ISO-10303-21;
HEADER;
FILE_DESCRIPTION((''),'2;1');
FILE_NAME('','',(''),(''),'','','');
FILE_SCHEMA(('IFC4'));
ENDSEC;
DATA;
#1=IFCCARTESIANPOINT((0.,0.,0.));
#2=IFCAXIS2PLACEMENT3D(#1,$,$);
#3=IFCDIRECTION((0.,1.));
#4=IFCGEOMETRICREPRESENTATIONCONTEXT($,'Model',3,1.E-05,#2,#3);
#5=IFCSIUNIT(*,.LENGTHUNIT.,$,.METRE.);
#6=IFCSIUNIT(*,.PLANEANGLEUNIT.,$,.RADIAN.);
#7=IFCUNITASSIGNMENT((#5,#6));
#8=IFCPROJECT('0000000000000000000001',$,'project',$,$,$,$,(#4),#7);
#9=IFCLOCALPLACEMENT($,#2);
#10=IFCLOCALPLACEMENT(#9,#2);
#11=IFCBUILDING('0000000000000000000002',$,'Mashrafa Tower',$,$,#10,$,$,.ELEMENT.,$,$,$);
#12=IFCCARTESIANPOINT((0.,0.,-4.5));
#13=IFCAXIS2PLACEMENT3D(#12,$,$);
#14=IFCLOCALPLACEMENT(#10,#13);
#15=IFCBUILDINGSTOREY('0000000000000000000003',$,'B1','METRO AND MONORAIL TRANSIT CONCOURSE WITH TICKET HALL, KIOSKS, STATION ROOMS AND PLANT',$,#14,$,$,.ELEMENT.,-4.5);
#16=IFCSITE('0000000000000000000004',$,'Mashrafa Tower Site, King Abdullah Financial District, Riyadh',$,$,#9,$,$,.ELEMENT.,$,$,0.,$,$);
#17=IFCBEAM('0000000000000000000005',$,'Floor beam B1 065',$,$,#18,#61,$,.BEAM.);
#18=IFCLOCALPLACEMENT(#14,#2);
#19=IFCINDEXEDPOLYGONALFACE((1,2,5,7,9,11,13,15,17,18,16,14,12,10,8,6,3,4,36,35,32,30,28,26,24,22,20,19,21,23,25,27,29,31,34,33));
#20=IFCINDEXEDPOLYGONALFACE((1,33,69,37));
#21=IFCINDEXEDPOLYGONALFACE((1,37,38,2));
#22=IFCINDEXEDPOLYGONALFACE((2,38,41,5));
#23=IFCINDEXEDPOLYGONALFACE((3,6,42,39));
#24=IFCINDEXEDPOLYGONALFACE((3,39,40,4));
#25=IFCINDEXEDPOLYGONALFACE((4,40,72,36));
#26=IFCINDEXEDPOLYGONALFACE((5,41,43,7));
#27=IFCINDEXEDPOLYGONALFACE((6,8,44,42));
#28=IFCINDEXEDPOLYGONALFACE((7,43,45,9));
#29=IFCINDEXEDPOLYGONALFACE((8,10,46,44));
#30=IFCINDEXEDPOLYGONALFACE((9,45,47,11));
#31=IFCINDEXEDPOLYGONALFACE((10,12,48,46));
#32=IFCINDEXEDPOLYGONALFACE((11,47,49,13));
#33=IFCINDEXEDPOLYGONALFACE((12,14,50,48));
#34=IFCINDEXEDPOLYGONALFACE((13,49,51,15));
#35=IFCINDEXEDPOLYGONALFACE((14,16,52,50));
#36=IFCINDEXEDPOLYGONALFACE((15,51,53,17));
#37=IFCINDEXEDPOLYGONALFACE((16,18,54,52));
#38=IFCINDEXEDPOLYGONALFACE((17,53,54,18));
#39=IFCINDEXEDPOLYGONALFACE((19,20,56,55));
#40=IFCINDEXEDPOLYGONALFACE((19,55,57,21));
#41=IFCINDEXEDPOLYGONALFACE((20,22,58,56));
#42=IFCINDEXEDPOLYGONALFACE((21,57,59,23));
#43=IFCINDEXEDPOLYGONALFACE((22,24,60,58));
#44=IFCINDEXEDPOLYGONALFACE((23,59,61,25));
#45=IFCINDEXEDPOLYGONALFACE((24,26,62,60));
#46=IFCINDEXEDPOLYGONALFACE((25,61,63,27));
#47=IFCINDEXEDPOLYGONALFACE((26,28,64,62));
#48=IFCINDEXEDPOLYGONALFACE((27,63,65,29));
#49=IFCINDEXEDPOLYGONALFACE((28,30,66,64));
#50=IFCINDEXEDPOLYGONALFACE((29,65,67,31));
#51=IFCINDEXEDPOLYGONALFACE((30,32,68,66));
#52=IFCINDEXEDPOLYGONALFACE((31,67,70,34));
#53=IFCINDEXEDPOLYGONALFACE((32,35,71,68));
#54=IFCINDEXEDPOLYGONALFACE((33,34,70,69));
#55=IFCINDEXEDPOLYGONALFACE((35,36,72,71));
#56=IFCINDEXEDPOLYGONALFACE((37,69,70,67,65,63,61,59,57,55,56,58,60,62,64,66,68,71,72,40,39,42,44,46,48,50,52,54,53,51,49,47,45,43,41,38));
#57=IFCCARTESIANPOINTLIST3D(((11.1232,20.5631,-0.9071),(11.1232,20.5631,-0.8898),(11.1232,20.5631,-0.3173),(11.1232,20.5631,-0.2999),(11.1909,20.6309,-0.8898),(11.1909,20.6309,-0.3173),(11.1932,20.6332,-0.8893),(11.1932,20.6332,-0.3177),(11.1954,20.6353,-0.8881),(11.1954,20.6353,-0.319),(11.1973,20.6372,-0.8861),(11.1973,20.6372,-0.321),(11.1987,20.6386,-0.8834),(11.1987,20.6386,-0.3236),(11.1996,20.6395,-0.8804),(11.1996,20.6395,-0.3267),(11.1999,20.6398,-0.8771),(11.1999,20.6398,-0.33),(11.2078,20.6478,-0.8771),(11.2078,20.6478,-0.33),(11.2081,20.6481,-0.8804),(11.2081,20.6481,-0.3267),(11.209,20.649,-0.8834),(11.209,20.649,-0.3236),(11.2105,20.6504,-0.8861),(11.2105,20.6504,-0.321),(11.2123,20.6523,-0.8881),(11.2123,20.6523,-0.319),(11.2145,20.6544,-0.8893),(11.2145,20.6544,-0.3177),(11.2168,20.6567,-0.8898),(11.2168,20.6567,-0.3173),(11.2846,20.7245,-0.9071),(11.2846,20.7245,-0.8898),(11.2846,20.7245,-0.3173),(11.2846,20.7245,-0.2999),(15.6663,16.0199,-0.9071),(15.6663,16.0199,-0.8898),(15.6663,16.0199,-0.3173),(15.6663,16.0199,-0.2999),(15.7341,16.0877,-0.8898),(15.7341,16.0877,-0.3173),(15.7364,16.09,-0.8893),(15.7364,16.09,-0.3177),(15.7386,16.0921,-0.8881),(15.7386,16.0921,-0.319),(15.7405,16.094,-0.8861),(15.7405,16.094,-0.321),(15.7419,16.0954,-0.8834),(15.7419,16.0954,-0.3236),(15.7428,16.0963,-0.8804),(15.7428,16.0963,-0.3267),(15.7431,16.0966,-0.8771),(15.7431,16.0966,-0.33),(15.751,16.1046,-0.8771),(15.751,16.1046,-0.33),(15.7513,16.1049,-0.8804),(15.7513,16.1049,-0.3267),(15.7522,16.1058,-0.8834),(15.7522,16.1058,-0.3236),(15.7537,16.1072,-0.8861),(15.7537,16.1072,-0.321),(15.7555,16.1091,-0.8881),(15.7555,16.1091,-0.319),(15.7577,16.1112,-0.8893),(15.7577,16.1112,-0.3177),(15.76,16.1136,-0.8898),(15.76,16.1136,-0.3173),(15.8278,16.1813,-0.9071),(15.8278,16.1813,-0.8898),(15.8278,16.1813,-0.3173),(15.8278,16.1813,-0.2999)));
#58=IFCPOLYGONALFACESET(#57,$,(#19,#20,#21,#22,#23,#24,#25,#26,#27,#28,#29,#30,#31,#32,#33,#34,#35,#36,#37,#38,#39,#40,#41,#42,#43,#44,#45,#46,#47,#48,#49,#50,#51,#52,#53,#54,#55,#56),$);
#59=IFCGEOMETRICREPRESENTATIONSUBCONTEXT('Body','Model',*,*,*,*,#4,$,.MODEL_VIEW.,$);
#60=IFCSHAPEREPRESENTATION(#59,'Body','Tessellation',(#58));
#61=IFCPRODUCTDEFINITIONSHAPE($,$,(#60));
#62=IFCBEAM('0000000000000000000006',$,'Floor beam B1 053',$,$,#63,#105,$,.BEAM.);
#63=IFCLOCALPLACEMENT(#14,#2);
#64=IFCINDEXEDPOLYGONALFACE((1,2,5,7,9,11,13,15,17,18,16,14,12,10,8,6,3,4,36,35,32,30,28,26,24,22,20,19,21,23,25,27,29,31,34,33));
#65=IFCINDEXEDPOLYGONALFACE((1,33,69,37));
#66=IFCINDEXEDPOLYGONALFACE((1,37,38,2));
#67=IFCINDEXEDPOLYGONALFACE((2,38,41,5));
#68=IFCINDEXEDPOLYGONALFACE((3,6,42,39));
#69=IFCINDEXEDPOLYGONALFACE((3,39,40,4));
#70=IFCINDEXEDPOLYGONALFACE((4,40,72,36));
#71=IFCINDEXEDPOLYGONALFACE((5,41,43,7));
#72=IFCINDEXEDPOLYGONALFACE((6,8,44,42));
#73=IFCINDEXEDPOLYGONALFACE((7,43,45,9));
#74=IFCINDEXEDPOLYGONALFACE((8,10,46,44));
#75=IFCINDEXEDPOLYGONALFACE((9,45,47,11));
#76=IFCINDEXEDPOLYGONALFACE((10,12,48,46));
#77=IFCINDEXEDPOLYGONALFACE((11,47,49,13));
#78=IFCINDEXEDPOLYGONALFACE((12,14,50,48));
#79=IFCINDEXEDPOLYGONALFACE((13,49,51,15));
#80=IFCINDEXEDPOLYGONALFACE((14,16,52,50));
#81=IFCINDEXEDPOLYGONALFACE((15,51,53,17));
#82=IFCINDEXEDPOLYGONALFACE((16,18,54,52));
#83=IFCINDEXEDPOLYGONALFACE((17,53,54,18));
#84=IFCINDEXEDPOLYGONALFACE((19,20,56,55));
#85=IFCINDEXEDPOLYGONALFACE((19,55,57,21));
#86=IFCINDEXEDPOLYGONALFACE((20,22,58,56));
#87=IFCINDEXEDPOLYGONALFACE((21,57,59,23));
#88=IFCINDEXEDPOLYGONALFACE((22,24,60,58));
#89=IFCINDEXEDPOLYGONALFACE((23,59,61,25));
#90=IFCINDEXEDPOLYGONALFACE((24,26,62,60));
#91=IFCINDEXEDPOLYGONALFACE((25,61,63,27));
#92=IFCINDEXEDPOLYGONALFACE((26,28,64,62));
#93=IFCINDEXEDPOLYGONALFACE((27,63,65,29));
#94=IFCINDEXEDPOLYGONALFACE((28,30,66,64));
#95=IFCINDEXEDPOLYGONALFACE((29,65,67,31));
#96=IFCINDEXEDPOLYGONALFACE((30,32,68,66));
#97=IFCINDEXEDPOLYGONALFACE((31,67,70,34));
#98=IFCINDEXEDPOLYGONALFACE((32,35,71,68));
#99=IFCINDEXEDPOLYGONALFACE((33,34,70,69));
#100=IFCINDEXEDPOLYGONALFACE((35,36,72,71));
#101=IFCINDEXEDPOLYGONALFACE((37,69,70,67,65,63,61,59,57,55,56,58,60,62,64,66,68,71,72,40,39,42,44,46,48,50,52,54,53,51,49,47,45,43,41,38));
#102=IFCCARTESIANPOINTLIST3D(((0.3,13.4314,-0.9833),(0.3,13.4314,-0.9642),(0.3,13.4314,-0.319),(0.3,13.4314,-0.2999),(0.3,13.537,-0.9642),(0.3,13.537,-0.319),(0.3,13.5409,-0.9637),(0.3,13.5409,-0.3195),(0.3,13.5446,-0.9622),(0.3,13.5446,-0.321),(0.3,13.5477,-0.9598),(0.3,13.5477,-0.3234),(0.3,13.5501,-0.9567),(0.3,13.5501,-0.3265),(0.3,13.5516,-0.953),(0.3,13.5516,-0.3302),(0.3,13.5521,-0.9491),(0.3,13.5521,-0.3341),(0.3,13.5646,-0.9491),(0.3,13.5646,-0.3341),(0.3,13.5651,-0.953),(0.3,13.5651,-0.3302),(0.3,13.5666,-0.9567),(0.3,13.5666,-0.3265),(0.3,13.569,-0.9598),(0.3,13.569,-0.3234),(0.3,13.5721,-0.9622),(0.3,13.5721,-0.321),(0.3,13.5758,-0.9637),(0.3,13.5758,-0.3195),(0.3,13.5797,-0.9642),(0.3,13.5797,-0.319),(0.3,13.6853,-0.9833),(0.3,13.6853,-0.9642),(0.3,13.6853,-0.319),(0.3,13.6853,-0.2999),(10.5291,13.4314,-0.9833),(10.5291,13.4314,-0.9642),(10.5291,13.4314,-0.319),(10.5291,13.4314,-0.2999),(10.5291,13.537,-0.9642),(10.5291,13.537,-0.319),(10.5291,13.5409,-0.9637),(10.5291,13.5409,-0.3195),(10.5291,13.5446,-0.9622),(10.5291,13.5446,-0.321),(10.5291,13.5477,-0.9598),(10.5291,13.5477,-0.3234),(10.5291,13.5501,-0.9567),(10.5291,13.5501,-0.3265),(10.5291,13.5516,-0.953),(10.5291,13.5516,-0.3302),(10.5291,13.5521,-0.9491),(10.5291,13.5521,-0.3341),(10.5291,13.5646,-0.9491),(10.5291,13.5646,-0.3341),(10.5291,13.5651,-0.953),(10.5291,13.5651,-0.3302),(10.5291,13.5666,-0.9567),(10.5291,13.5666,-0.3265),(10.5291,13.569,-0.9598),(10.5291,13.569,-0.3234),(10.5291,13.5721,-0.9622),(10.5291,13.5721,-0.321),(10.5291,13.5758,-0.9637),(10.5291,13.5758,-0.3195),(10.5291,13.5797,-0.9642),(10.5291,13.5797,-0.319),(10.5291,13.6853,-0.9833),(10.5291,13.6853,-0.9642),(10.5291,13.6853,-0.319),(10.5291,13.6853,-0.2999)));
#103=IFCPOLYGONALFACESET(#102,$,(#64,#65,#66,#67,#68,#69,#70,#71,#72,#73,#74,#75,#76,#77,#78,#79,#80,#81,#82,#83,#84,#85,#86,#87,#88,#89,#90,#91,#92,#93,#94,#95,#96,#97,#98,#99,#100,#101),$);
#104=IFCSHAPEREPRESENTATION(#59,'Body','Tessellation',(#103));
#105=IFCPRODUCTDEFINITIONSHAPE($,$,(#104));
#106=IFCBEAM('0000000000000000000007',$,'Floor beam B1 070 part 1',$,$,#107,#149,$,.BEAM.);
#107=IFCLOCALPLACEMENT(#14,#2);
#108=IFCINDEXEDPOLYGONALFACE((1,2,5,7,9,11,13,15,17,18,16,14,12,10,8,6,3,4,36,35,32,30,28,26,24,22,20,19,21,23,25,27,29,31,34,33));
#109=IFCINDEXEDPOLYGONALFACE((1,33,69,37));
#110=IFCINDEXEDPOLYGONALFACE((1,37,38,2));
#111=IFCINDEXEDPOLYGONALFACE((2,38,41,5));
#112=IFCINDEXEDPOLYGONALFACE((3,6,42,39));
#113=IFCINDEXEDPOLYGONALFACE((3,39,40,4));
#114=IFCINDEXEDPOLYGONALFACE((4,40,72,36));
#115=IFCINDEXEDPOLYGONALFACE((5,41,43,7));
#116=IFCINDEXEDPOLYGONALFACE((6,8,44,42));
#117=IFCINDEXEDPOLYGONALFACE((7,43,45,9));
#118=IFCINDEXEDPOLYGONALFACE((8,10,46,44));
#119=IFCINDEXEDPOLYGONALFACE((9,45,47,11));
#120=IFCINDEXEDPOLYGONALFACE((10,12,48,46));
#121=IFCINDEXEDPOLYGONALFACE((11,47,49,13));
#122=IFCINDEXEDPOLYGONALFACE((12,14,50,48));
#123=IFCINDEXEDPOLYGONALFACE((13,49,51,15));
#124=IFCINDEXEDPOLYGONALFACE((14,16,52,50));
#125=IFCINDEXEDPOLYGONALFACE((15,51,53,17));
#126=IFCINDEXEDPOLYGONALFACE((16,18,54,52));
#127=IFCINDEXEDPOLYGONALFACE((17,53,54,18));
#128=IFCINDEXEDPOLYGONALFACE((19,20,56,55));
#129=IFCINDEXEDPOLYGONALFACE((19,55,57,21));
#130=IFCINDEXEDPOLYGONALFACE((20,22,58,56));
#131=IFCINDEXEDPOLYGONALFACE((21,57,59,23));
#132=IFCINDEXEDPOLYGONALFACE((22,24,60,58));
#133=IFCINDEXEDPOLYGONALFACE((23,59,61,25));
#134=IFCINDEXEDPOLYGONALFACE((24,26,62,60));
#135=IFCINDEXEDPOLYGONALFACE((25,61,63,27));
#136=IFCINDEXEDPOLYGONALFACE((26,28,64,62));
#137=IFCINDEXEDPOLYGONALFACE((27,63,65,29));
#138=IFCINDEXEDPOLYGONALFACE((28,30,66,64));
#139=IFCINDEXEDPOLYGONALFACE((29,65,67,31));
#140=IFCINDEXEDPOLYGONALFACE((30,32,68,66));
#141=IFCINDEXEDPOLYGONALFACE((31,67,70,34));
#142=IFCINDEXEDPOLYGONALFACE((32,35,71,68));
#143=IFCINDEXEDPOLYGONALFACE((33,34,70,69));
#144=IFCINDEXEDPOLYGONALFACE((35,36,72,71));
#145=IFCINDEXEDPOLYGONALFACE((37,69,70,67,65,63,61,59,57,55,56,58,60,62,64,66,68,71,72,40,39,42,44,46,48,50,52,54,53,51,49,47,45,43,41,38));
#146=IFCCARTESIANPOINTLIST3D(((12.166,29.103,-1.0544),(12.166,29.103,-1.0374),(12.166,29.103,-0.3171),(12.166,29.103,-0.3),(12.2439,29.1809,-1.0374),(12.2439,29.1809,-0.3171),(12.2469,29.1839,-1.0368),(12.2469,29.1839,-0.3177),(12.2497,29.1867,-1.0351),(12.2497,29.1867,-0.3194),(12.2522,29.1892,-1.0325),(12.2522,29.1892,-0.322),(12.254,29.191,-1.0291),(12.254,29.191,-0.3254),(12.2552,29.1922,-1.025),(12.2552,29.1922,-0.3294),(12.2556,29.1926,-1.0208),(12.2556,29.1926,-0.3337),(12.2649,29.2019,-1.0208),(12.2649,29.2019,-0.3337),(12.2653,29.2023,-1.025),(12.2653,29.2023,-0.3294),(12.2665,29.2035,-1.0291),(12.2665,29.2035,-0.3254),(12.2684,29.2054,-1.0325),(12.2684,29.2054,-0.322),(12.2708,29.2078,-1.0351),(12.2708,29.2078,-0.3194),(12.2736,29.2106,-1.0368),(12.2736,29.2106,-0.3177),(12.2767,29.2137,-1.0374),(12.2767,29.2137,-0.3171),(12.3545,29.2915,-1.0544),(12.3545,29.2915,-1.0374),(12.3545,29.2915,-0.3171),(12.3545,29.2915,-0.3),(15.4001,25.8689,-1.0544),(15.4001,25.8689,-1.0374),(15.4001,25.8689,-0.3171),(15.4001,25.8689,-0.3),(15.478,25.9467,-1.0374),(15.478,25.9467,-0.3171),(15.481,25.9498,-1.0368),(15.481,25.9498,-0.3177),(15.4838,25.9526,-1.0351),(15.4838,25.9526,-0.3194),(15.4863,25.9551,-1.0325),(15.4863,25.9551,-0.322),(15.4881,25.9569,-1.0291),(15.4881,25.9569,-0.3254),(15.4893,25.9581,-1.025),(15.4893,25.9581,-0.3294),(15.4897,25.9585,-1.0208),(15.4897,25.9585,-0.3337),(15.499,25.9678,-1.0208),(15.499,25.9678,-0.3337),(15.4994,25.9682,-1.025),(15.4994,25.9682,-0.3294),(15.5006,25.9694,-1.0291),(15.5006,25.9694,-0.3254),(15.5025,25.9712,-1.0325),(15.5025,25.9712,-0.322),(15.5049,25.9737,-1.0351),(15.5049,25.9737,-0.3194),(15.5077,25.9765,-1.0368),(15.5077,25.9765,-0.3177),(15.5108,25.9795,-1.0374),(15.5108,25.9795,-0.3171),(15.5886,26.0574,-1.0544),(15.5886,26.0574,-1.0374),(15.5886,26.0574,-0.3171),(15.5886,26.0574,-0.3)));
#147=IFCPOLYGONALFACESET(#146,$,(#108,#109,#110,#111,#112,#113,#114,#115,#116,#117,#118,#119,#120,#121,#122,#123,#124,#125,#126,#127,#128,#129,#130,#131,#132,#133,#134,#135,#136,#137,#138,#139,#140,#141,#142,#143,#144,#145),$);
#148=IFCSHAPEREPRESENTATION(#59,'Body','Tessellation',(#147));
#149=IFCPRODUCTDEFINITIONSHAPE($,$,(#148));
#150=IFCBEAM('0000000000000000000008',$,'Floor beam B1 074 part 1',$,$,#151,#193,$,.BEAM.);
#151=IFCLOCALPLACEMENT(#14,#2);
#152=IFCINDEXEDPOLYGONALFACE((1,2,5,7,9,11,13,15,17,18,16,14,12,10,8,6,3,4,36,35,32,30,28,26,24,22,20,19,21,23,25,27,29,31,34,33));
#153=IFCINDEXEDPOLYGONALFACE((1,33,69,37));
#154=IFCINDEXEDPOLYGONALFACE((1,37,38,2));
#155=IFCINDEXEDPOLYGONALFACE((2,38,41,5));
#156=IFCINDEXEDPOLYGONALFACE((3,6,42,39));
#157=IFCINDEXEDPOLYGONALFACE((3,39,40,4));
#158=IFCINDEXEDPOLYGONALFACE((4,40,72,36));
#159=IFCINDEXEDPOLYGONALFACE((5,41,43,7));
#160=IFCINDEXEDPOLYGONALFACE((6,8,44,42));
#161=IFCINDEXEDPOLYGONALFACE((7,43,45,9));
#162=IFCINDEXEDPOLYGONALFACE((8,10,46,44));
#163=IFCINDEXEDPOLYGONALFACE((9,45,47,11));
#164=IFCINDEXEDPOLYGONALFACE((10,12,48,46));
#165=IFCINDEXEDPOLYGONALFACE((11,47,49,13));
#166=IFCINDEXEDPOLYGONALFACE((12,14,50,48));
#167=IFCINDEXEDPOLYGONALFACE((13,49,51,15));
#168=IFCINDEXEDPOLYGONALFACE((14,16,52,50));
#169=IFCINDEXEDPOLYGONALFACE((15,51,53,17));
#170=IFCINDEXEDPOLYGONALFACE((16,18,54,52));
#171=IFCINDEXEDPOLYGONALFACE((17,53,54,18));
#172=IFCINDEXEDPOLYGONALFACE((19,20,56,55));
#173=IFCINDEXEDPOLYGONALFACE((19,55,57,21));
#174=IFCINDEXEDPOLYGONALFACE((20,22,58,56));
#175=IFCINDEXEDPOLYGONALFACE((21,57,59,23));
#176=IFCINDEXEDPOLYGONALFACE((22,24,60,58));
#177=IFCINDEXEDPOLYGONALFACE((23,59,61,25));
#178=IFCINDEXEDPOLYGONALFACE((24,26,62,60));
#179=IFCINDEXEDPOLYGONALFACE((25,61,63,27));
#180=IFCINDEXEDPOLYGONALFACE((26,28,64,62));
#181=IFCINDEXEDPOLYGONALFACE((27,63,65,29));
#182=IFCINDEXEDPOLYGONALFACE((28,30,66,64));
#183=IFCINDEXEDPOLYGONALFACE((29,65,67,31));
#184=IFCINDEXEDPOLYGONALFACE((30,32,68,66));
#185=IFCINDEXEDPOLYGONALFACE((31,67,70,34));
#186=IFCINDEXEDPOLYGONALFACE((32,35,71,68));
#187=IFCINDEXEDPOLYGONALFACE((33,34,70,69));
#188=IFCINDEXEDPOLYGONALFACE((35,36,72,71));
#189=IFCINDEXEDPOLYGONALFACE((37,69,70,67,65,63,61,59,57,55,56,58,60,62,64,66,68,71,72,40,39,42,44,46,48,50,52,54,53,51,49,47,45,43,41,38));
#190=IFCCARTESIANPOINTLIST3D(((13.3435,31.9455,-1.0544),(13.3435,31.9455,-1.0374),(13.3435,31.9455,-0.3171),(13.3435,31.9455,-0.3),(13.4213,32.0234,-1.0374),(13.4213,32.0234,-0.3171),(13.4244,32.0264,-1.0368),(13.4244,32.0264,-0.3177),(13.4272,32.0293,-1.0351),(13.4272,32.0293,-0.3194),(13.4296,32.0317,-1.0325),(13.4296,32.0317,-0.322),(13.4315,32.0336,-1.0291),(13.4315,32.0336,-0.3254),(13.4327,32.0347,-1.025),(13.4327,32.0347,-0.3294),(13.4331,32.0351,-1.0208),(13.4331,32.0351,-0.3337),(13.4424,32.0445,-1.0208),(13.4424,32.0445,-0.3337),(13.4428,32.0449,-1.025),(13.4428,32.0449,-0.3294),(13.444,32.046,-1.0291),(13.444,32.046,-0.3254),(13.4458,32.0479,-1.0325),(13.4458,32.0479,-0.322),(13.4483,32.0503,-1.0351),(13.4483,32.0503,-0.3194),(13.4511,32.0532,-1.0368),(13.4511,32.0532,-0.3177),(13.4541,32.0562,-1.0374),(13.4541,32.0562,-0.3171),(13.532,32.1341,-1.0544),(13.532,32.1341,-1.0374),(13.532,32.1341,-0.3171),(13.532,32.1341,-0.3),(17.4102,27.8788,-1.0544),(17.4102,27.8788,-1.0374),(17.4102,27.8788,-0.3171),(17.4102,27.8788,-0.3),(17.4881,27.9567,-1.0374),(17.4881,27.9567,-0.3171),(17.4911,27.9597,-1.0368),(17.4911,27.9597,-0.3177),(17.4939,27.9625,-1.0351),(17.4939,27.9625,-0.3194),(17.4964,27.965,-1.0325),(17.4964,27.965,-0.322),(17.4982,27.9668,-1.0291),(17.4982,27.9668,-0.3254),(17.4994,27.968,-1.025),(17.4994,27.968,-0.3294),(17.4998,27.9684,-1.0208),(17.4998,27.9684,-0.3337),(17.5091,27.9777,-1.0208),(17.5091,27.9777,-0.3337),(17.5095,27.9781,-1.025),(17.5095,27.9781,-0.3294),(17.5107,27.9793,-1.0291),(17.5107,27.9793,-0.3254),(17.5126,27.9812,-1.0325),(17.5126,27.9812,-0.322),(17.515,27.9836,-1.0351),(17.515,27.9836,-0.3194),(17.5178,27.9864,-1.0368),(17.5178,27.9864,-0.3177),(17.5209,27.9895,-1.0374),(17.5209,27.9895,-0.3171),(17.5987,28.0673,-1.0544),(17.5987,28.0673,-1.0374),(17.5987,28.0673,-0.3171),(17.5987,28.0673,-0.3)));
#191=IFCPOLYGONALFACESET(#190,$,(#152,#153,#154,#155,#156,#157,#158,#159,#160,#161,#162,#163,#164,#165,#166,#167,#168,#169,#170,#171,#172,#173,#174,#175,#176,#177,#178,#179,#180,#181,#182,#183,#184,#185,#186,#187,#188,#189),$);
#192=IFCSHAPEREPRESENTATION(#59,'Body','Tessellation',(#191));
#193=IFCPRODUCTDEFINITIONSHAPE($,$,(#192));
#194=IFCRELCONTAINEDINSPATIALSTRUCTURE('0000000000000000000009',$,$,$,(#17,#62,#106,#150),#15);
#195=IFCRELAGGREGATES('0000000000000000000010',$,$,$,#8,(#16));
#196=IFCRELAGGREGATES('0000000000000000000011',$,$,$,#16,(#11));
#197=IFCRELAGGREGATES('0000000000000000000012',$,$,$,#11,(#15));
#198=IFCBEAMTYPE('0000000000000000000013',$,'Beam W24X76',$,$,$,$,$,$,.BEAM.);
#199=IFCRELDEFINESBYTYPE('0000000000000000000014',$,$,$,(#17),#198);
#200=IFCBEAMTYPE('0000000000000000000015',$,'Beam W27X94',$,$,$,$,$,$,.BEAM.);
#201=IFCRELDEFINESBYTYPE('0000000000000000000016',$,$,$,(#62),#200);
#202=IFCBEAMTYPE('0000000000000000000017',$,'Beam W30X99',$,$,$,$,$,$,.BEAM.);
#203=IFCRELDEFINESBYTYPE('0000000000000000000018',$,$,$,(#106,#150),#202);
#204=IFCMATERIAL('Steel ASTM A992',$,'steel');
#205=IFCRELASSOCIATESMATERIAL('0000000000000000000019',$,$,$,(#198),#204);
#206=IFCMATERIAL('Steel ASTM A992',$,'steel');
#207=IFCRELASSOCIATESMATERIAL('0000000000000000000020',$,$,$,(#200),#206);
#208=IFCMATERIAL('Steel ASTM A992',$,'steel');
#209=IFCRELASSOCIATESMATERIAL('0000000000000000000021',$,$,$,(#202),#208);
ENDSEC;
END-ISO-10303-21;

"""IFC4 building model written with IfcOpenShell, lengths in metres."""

from ifc_helpers import new_model, si_unit, direction, frame, origin, origin_2d, place, context, subcontext, project, spatial, i_section, extrude, material, material_profile, profile_set, type_object, element, save


model = new_model("IFC4")

# Units and contexts
model_context = context("Model", 3, precision=1e-05, world=origin(), true_north=direction((0.0, 1.0)))
body_context = subcontext(model_context, "Body", "Model", "MODEL_VIEW")
ifc_project = project(units=[si_unit("LENGTHUNIT", "METRE"), si_unit("PLANEANGLEUNIT", "RADIAN")], contexts=[model_context])

# Site, building, storey
site_placement = place(None, origin())
site = spatial("IfcSite", under=ifc_project, at=site_placement, Name="Mashrafa Tower Site, King Abdullah Financial District, Riyadh", CompositionType="ELEMENT", RefElevation=0.0)
building_placement = place(site_placement, origin())
building = spatial("IfcBuilding", under=site, at=building_placement, Name="Mashrafa Tower", CompositionType="ELEMENT")
storey_placement = place(building_placement, frame((0.0, 0.0, -4.5)))
storey = spatial("IfcBuildingStorey", under=building, at=storey_placement, Name="B1", Description="METRO AND MONORAIL TRANSIT CONCOURSE WITH TICKET HALL, KIOSKS, STATION ROOMS AND PLANT", CompositionType="ELEMENT", Elevation=-4.5)

# Beams
ifc_material_1 = material(Name="Steel ASTM A992", Category="steel")
ifc_material_profile_1 = material_profile(ifc_material_1, i_section(OverallWidth=0.2283, OverallDepth=0.6072, WebThickness=0.0112, FlangeThickness=0.0173, FilletRadius=0.0127, at=origin_2d()), Name="W24X76")
ifc_profile_set_1 = profile_set([ifc_material_profile_1], Name="Steel ASTM A992")
beam_type_1 = type_object("IfcBeamType", Name="Beam W24X76", PredefinedType="BEAM", material=ifc_profile_set_1)
beam_1_placement = place(storey_placement, frame((11.2039, 20.6438, -0.6035), z_axis=(0.707107, -0.707107, 0.0), x_axis=(0.707107, 0.707107, 0.0)))
element("IfcBeam", 1, at=beam_1_placement, inside=storey, type_object=beam_type_1, Name="Floor beam B1 065", PredefinedType="BEAM", context=body_context, shape_type="SweptSolid", body=[
    extrude(i_section(OverallWidth=0.2283, OverallDepth=0.6072, WebThickness=0.0112, FlangeThickness=0.0173, FilletRadius=0.0127, at=origin_2d()), origin(), (0.0, 0.0, 1.0), 6.425),
])
ifc_material_2 = material(Name="Steel ASTM A992", Category="steel")
ifc_material_profile_2 = material_profile(ifc_material_2, i_section(OverallWidth=0.2539, OverallDepth=0.6833, WebThickness=0.0125, FlangeThickness=0.019, FilletRadius=0.0151, at=origin_2d()), Name="W27X94")
ifc_profile_set_2 = profile_set([ifc_material_profile_2], Name="Steel ASTM A992")
beam_type_2 = type_object("IfcBeamType", Name="Beam W27X94", PredefinedType="BEAM", material=ifc_profile_set_2)
beam_2_placement = place(storey_placement, frame((0.3, 13.5583, -0.6416), z_axis=(1.0, 0.0, 0.0), x_axis=(0.0, 1.0, 0.0)))
element("IfcBeam", 2, at=beam_2_placement, inside=storey, type_object=beam_type_2, Name="Floor beam B1 053", PredefinedType="BEAM", context=body_context, shape_type="SweptSolid", body=[
    extrude(i_section(OverallWidth=0.2539, OverallDepth=0.6833, WebThickness=0.0125, FlangeThickness=0.019, FilletRadius=0.0151, at=origin_2d()), origin(), (0.0, 0.0, 1.0), 10.229),
])
ifc_material_3 = material(Name="Steel ASTM A992", Category="steel")
ifc_material_profile_3 = material_profile(ifc_material_3, i_section(OverallWidth=0.2666, OverallDepth=0.7544, WebThickness=0.0132, FlangeThickness=0.0171, FilletRadius=0.0166, at=origin_2d()), Name="W30X99")
ifc_profile_set_3 = profile_set([ifc_material_profile_3], Name="Steel ASTM A992")
beam_type_3 = type_object("IfcBeamType", Name="Beam W30X99", PredefinedType="BEAM", material=ifc_profile_set_3)
beam_3_placement = place(storey_placement, frame((12.2603, 29.1973, -0.6772), z_axis=(0.707107, -0.707107, 0.0), x_axis=(0.707107, 0.707107, 0.0)))
element("IfcBeam", 3, at=beam_3_placement, inside=storey, type_object=beam_type_3, Name="Floor beam B1 070 part 1", PredefinedType="BEAM", context=body_context, shape_type="SweptSolid", body=[
    extrude(i_section(OverallWidth=0.2666, OverallDepth=0.7544, WebThickness=0.0132, FlangeThickness=0.0171, FilletRadius=0.0166, at=origin_2d()), origin(), (0.0, 0.0, 1.0), 4.5737),
])
beam_4_placement = place(storey_placement, frame((13.4377, 32.0398, -0.6772), z_axis=(0.707107, -0.707107, 0.0), x_axis=(0.707107, 0.707107, 0.0)))
element("IfcBeam", 4, at=beam_4_placement, inside=storey, type_object=beam_type_3, Name="Floor beam B1 074 part 1", PredefinedType="BEAM", context=body_context, shape_type="SweptSolid", body=[
    extrude(i_section(OverallWidth=0.2666, OverallDepth=0.7544, WebThickness=0.0132, FlangeThickness=0.0171, FilletRadius=0.0166, at=origin_2d()), origin(), (0.0, 0.0, 1.0), 5.7512),
])

save(model, "model.ifc")
